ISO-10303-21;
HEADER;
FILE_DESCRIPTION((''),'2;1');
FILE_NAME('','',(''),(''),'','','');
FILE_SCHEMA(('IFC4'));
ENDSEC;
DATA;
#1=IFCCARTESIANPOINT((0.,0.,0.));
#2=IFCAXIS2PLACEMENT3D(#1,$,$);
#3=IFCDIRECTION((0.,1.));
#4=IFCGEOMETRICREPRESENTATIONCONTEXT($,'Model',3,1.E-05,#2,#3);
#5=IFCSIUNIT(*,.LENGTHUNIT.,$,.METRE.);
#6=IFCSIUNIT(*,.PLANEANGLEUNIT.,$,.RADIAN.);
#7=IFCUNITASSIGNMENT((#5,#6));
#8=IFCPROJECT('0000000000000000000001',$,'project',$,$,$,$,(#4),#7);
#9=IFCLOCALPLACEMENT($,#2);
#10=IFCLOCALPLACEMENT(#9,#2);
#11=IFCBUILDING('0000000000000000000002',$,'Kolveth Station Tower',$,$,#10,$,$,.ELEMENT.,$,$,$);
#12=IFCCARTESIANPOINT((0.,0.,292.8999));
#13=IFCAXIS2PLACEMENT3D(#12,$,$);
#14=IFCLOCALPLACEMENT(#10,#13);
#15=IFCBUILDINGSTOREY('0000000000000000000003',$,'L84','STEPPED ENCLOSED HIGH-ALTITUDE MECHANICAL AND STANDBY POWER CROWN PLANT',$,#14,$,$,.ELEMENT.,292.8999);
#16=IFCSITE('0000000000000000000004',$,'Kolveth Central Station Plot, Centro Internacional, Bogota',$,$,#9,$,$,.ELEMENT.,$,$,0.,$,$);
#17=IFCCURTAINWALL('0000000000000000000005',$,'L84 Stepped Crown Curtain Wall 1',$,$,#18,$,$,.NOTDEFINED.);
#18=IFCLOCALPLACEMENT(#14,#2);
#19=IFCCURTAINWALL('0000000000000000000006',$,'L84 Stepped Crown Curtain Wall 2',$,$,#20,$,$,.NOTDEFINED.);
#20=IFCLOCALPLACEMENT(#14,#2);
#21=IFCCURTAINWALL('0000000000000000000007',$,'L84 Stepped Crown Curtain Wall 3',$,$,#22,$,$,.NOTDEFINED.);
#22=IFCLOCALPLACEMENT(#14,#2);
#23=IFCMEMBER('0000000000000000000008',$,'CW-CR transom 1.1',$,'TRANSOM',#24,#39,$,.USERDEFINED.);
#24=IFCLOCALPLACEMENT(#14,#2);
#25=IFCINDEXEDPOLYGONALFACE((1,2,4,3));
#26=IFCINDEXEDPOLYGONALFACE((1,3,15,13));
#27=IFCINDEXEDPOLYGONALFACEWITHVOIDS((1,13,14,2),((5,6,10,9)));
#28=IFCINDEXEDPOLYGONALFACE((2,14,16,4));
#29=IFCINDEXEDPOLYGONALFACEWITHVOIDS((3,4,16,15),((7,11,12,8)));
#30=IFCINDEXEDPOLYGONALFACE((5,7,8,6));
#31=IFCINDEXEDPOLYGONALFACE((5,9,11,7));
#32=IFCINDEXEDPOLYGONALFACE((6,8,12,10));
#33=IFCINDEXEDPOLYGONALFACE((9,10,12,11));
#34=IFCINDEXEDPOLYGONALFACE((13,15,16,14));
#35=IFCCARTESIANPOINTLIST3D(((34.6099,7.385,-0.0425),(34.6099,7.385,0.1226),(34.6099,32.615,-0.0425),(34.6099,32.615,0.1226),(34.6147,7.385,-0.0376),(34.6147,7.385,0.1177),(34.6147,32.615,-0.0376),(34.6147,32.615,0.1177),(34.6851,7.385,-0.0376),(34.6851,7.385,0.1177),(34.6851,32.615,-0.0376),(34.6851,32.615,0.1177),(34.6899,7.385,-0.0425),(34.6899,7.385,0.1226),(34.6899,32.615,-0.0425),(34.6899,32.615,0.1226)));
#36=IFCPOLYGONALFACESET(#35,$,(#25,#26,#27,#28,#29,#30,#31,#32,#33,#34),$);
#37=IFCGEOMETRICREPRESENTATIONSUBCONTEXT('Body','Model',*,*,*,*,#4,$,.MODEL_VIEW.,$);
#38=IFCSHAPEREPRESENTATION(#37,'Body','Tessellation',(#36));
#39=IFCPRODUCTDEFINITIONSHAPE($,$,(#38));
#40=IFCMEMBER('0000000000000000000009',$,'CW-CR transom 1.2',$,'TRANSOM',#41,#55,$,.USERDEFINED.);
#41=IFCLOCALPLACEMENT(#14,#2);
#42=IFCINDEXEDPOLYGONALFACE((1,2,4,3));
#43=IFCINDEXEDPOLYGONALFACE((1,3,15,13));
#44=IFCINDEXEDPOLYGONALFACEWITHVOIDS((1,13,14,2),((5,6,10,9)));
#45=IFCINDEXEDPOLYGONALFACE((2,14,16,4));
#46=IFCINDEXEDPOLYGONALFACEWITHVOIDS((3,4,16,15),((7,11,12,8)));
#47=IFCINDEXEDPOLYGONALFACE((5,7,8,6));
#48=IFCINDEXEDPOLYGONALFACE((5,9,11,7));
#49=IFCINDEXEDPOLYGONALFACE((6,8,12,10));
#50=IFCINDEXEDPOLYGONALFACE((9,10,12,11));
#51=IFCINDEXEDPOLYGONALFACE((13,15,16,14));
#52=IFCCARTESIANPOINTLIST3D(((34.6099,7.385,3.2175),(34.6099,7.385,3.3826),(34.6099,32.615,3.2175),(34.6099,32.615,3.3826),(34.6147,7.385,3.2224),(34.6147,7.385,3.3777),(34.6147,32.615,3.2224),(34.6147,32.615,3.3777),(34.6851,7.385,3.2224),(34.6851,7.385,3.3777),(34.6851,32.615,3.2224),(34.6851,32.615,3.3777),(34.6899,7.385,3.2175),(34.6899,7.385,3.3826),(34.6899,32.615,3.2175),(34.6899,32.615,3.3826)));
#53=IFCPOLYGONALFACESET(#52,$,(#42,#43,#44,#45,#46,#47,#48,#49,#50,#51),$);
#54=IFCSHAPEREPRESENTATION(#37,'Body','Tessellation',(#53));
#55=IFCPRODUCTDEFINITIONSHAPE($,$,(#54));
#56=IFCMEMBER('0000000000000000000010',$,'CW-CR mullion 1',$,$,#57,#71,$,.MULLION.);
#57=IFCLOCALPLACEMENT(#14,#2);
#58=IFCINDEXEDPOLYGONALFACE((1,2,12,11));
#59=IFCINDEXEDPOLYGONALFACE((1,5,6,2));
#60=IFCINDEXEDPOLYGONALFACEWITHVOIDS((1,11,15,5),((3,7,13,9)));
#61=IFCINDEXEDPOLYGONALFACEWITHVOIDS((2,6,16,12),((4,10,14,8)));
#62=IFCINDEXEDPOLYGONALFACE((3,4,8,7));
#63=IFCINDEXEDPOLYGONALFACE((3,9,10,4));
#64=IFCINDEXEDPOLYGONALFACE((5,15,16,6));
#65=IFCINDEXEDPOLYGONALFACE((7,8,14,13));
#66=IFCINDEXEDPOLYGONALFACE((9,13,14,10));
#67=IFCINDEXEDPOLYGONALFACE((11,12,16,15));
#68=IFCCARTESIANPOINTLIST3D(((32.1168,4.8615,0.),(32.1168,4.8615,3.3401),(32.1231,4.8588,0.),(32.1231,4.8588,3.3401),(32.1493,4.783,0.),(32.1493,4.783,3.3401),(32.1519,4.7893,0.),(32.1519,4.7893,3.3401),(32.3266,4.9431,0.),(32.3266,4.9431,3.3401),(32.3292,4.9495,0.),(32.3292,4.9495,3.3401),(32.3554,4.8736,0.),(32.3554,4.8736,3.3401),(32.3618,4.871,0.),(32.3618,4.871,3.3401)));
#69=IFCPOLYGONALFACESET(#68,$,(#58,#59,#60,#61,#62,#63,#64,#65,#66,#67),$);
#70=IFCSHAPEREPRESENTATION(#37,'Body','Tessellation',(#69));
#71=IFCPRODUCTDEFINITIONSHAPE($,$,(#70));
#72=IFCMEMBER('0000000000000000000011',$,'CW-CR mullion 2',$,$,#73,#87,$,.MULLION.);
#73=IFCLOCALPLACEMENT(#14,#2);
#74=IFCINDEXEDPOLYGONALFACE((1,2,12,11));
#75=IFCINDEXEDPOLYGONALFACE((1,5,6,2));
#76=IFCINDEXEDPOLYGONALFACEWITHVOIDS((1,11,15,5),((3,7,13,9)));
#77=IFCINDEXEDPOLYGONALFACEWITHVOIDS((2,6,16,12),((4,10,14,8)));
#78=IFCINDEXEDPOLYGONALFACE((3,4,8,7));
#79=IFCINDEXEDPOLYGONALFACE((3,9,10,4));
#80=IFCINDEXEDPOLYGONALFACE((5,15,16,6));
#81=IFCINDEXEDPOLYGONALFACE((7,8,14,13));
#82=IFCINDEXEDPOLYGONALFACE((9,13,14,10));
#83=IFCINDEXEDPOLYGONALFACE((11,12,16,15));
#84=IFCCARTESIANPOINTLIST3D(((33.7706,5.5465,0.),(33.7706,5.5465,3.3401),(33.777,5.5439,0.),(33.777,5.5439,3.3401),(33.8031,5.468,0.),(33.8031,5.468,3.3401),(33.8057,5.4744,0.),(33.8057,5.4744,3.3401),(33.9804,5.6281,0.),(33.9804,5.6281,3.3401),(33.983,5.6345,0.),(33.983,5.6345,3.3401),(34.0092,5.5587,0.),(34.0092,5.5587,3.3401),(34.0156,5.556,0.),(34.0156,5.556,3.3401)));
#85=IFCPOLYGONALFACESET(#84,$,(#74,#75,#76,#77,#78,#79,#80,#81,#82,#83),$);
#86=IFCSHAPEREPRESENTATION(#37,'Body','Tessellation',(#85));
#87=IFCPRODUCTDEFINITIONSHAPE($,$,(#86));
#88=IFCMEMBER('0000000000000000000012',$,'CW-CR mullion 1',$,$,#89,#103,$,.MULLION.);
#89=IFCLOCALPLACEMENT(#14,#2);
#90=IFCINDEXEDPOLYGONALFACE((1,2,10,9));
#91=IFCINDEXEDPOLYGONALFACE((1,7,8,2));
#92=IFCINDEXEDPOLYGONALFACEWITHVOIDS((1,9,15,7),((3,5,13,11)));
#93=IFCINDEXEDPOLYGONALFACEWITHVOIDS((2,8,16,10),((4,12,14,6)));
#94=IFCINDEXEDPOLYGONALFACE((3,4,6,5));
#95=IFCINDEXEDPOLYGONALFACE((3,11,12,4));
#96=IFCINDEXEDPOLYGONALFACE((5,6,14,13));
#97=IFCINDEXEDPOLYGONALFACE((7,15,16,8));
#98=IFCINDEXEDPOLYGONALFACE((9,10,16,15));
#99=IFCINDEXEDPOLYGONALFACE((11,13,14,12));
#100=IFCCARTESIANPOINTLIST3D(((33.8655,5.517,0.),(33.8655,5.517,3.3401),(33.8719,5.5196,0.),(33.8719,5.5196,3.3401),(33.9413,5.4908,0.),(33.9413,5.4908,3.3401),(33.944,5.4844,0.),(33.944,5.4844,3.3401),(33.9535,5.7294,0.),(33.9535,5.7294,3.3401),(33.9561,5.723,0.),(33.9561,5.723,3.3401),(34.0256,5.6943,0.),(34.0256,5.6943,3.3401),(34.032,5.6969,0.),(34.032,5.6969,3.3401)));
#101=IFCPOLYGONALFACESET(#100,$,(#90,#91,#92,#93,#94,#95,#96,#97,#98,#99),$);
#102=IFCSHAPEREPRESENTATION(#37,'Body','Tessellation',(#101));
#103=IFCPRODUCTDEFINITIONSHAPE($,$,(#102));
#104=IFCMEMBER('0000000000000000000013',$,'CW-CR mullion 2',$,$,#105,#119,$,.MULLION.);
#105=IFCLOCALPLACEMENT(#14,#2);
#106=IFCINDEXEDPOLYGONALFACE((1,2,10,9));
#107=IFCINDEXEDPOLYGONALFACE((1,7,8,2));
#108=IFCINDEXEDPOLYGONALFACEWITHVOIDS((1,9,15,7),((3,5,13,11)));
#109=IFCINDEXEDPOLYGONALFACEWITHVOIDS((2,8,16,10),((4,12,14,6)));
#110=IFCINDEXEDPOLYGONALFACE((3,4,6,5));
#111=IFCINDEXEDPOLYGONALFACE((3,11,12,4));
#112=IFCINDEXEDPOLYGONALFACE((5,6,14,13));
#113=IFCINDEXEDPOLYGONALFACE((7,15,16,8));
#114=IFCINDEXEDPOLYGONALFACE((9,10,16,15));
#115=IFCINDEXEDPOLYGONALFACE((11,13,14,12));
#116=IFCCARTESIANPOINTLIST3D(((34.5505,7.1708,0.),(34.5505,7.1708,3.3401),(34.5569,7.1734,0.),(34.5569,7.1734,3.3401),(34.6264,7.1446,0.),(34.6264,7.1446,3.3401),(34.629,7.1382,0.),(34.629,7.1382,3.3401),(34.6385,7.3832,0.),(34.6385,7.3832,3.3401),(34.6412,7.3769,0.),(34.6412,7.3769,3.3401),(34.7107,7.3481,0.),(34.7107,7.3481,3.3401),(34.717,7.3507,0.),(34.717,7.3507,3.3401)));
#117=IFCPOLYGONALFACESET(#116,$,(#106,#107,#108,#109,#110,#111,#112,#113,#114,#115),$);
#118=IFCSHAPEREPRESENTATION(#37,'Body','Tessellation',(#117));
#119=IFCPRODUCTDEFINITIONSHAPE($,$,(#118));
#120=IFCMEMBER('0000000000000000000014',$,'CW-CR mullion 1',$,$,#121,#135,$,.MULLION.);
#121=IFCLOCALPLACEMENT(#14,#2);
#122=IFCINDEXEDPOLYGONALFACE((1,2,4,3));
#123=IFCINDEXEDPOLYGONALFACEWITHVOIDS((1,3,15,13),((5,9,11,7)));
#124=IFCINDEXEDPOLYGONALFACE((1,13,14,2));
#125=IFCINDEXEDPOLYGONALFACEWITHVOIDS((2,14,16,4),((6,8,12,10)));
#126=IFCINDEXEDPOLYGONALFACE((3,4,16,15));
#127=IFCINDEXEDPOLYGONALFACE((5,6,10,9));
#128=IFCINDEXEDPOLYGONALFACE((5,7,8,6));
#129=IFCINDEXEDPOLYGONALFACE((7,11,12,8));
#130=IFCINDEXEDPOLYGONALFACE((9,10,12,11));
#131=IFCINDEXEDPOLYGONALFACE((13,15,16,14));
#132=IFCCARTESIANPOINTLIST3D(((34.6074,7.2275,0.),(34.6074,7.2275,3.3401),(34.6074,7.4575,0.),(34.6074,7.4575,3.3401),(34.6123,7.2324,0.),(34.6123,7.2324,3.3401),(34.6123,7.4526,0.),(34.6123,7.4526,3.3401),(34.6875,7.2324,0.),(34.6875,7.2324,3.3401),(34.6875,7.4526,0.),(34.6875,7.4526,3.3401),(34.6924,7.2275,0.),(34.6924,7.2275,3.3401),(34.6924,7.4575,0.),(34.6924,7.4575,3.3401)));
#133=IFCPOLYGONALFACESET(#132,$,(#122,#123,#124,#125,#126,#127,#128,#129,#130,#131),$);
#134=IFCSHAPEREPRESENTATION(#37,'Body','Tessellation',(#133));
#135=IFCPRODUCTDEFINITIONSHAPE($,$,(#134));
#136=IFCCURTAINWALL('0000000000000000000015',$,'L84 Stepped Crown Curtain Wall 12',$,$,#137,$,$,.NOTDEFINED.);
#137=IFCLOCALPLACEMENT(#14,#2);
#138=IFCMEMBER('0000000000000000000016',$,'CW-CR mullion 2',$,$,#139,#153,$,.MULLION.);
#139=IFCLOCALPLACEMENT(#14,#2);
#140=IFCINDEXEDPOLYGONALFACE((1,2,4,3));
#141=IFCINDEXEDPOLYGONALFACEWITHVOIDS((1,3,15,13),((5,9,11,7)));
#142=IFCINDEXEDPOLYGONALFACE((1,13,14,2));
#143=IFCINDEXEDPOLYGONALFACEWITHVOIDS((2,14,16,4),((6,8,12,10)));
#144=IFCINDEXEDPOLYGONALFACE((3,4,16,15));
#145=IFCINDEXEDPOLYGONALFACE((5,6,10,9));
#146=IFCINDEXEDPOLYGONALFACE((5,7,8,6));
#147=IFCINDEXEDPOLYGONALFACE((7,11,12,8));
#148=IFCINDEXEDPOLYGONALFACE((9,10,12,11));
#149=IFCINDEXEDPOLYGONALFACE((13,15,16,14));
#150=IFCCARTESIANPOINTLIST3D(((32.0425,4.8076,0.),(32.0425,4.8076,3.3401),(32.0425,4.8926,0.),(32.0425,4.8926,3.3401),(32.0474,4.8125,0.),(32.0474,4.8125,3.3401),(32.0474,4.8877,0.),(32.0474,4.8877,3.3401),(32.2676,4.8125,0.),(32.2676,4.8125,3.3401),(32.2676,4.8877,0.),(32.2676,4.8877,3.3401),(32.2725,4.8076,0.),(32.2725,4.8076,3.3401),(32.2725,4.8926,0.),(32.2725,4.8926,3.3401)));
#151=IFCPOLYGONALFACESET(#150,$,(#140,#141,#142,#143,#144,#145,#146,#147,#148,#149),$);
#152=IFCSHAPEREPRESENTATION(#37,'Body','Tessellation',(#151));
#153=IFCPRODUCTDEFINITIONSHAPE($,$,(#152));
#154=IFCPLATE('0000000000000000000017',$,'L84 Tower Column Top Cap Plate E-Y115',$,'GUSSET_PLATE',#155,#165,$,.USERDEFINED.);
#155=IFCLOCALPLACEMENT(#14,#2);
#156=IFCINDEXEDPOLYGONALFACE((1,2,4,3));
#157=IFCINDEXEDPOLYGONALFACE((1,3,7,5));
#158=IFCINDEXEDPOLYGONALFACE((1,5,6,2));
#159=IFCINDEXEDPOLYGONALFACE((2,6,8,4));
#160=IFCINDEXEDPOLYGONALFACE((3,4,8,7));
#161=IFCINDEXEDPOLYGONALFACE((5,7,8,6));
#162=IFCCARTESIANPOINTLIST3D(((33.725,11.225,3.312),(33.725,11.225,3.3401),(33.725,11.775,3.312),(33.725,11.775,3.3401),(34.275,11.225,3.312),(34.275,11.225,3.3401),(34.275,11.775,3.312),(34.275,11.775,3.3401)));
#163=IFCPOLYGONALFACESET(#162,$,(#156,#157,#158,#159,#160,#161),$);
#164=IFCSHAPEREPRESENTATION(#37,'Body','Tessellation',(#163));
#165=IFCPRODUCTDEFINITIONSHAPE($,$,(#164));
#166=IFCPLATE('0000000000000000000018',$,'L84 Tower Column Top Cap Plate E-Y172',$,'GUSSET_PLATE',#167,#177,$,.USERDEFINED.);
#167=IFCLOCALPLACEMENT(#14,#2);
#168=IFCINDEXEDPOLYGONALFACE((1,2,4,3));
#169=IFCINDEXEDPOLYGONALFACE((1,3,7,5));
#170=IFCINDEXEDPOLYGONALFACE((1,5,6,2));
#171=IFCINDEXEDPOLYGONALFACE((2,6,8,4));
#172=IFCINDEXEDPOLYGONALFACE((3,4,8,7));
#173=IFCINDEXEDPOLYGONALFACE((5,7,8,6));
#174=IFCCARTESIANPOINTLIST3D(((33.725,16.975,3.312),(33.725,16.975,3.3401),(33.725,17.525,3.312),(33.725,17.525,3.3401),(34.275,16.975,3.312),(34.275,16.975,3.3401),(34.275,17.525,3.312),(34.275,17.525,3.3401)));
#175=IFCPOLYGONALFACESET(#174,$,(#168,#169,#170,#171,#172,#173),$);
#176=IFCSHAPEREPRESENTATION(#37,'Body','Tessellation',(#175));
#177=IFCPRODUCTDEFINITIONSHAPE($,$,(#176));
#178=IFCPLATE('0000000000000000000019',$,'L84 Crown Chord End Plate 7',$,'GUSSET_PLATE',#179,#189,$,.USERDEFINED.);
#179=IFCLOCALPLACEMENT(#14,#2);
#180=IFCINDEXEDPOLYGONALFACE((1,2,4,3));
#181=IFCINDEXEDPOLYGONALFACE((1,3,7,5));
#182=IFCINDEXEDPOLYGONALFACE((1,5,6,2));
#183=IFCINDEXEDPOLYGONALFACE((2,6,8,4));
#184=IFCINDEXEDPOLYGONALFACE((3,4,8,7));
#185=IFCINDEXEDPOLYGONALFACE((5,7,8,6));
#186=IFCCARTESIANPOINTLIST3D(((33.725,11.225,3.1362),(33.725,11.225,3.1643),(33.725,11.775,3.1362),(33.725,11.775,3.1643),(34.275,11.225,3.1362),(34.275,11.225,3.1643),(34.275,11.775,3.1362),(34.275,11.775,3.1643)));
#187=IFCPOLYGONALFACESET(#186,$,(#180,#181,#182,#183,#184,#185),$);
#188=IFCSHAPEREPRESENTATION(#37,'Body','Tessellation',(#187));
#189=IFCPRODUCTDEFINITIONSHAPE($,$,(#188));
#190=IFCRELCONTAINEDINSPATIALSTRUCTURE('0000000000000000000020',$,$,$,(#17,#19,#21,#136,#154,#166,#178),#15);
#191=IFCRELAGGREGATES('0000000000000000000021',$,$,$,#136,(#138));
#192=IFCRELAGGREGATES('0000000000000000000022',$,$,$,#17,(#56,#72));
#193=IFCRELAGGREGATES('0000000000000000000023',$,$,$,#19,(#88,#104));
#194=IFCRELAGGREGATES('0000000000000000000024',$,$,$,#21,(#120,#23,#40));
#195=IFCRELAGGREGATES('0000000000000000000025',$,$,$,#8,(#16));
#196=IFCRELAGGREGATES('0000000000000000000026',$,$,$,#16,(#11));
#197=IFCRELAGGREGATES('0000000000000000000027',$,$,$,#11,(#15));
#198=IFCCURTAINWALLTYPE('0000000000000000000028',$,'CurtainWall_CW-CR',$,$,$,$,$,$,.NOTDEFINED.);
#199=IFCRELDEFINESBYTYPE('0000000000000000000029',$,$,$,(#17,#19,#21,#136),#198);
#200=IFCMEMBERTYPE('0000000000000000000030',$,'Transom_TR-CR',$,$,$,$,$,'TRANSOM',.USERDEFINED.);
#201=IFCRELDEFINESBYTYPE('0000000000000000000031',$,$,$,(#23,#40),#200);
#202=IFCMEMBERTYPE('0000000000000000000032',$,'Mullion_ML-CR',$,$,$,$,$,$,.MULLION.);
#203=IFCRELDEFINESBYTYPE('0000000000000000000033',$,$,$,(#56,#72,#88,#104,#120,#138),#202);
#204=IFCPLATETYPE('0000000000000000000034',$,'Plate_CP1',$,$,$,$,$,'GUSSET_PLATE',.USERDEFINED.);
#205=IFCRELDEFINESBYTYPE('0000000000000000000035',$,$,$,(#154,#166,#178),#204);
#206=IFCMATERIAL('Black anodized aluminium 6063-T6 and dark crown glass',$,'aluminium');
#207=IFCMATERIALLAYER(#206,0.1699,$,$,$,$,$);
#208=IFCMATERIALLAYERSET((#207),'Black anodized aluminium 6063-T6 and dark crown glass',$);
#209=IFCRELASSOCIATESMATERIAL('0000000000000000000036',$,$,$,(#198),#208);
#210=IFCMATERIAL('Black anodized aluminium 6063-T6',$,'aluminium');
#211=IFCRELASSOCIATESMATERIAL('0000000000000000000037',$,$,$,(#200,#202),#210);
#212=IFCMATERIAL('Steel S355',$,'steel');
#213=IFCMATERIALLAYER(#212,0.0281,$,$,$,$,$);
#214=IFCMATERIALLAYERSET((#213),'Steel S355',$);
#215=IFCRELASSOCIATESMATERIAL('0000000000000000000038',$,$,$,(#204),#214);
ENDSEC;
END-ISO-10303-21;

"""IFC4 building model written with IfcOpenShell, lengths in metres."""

from ifc_helpers import new_model, si_unit, direction, frame, origin, origin_2d, place, context, subcontext, project, spatial, rectangle, hollow_rectangle, extrude, source, transform, mapped, material, layer, layer_set, material_profile, profile_set, type_object, element, aggregate, save


model = new_model("IFC4")

# Units and contexts
model_context = context("Model", 3, precision=1e-05, world=origin(), true_north=direction((0.0, 1.0)))
body_context = subcontext(model_context, "Body", "Model", "MODEL_VIEW")
ifc_project = project(units=[si_unit("LENGTHUNIT", "METRE"), si_unit("PLANEANGLEUNIT", "RADIAN")], contexts=[model_context])

# Site, building, storey
site_placement = place(None, origin())
site = spatial("IfcSite", under=ifc_project, at=site_placement, Name="Kolveth Central Station Plot, Centro Internacional, Bogota", CompositionType="ELEMENT", RefElevation=0.0)
building_placement = place(site_placement, origin())
building = spatial("IfcBuilding", under=site, at=building_placement, Name="Kolveth Station Tower", CompositionType="ELEMENT")
storey_placement = place(building_placement, frame((0.0, 0.0, 292.8999)))
storey = spatial("IfcBuildingStorey", under=building, at=storey_placement, Name="L84", Description="STEPPED ENCLOSED HIGH-ALTITUDE MECHANICAL AND STANDBY POWER CROWN PLANT", CompositionType="ELEMENT", Elevation=292.8999)

# Shared definitions
ifc_material_1 = material(Name="Steel S355", Category="steel")

# Curtain walls, members
ifc_material_2 = material(Name="Black anodized aluminium 6063-T6 and dark crown glass", Category="aluminium")
ifc_layer_1 = layer(ifc_material_2, 0.1699)
ifc_layer_set_1 = layer_set([ifc_layer_1], Name="Black anodized aluminium 6063-T6 and dark crown glass")
curtain_wall_type = type_object("IfcCurtainWallType", Name="CurtainWall_CW-CR", PredefinedType="NOTDEFINED", material=ifc_layer_set_1)
curtain_wall_1_placement = place(storey_placement, origin())
curtain_wall_1 = element("IfcCurtainWall", 1, at=curtain_wall_1_placement, inside=storey, type_object=curtain_wall_type, Name="L84 Stepped Crown Curtain Wall 1", PredefinedType="NOTDEFINED")
ifc_material_3 = material(Name="Black anodized aluminium 6063-T6", Category="aluminium")
ifc_material_profile_1 = material_profile(ifc_material_3, hollow_rectangle(XDim=0.0801, YDim=0.165, WallThickness=0.0049, at=origin_2d()), Name="ALU-80x165x5")
ifc_profile_set_1 = profile_set([ifc_material_profile_1], Name="Black anodized aluminium 6063-T6")
member_type_1 = type_object("IfcMemberType", Name="Transom_TR-CR", ElementType="TRANSOM", PredefinedType="USERDEFINED", material=ifc_profile_set_1)
curtain_wall_2_placement = place(storey_placement, origin())
curtain_wall_2 = element("IfcCurtainWall", 2, at=curtain_wall_2_placement, inside=storey, type_object=curtain_wall_type, Name="L84 Stepped Crown Curtain Wall 2", PredefinedType="NOTDEFINED")
curtain_wall_3_placement = place(storey_placement, origin())
curtain_wall_3 = element("IfcCurtainWall", 3, at=curtain_wall_3_placement, inside=storey, type_object=curtain_wall_type, Name="L84 Stepped Crown Curtain Wall 3", PredefinedType="NOTDEFINED")
shared_shape_1 = source(origin(), body_context, "Body", "SweptSolid", [
    extrude(hollow_rectangle(XDim=0.0801, YDim=0.165, WallThickness=0.0049, at=origin_2d()), origin(), (0.0, 0.0, 1.0), 25.23),
])
member_1_placement = place(storey_placement, frame((34.6499, 7.385, 0.04), z_axis=(0.0, 1.0, 0.0), x_axis=(-1.0, 0.0, 0.0)))
member_1 = element("IfcMember", 4, at=member_1_placement, type_object=member_type_1, Name="CW-CR transom 1.1", ObjectType="TRANSOM", PredefinedType="USERDEFINED", context=body_context, shape_type="MappedRepresentation", body=[
    mapped(shared_shape_1, transform((0.0, 0.0, 0.0), x_axis=(1.0, 0.0, 0.0), y_axis=(0.0, 1.0, 0.0), z_axis=(0.0, 0.0, 1.0), scale=1.0)),
])
member_2_placement = place(storey_placement, frame((34.6499, 7.385, 3.3), z_axis=(0.0, 1.0, 0.0), x_axis=(-1.0, 0.0, 0.0)))
member_2 = element("IfcMember", 5, at=member_2_placement, type_object=member_type_1, Name="CW-CR transom 1.2", ObjectType="TRANSOM", PredefinedType="USERDEFINED", context=body_context, shape_type="MappedRepresentation", body=[
    mapped(shared_shape_1, transform((0.0, 0.0, 0.0), x_axis=(1.0, 0.0, 0.0), y_axis=(0.0, 1.0, 0.0), z_axis=(0.0, 0.0, 1.0), scale=1.0)),
])

# Members
ifc_material_profile_2 = material_profile(ifc_material_3, hollow_rectangle(XDim=0.085, YDim=0.23, WallThickness=0.0049, at=origin_2d()), Name="ALU-85x230x5")
ifc_profile_set_2 = profile_set([ifc_material_profile_2], Name="Black anodized aluminium 6063-T6")
member_type_2 = type_object("IfcMemberType", Name="Mullion_ML-CR", PredefinedType="MULLION", material=ifc_profile_set_2)
shared_shape_2 = source(origin(), body_context, "Body", "SweptSolid", [
    extrude(hollow_rectangle(XDim=0.085, YDim=0.23, WallThickness=0.0049, at=origin_2d()), origin(), (0.0, 0.0, 1.0), 3.3401),
])
member_3_placement = place(storey_placement, frame((32.2393, 4.8662, 0.0), z_axis=(0.0, 0.0, 1.0), x_axis=(-0.382691, 0.923876, 0.0)))
member_3 = element("IfcMember", 6, at=member_3_placement, type_object=member_type_2, Name="CW-CR mullion 1", PredefinedType="MULLION", context=body_context, shape_type="MappedRepresentation", body=[
    mapped(shared_shape_2, transform((0.0, 0.0, 0.0), x_axis=(1.0, 0.0, 0.0), y_axis=(0.0, 1.0, 0.0), z_axis=(0.0, 0.0, 1.0), scale=1.0)),
])
member_4_placement = place(storey_placement, frame((33.8931, 5.5513, 0.0), z_axis=(0.0, 0.0, 1.0), x_axis=(-0.382691, 0.923876, 0.0)))
member_4 = element("IfcMember", 7, at=member_4_placement, type_object=member_type_2, Name="CW-CR mullion 2", PredefinedType="MULLION", context=body_context, shape_type="MappedRepresentation", body=[
    mapped(shared_shape_2, transform((0.0, 0.0, 0.0), x_axis=(1.0, 0.0, 0.0), y_axis=(0.0, 1.0, 0.0), z_axis=(0.0, 0.0, 1.0), scale=1.0)),
])
member_5_placement = place(storey_placement, frame((33.9487, 5.6069, 0.0), z_axis=(0.0, 0.0, 1.0), x_axis=(-0.923876, 0.382691, 0.0)))
member_5 = element("IfcMember", 8, at=member_5_placement, type_object=member_type_2, Name="CW-CR mullion 1", PredefinedType="MULLION", context=body_context, shape_type="MappedRepresentation", body=[
    mapped(shared_shape_2, transform((0.0, 0.0, 0.0), x_axis=(1.0, 0.0, 0.0), y_axis=(0.0, 1.0, 0.0), z_axis=(0.0, 0.0, 1.0), scale=1.0)),
])
member_6_placement = place(storey_placement, frame((34.6338, 7.2607, 0.0), z_axis=(0.0, 0.0, 1.0), x_axis=(-0.923876, 0.382691, 0.0)))
member_6 = element("IfcMember", 9, at=member_6_placement, type_object=member_type_2, Name="CW-CR mullion 2", PredefinedType="MULLION", context=body_context, shape_type="MappedRepresentation", body=[
    mapped(shared_shape_2, transform((0.0, 0.0, 0.0), x_axis=(1.0, 0.0, 0.0), y_axis=(0.0, 1.0, 0.0), z_axis=(0.0, 0.0, 1.0), scale=1.0)),
])
member_7_placement = place(storey_placement, frame((34.6499, 7.3425, 0.0), z_axis=(0.0, 0.0, 1.0), x_axis=(-1.0, 0.0, 0.0)))
member_7 = element("IfcMember", 10, at=member_7_placement, type_object=member_type_2, Name="CW-CR mullion 1", PredefinedType="MULLION", context=body_context, shape_type="MappedRepresentation", body=[
    mapped(shared_shape_2, transform((0.0, 0.0, 0.0), x_axis=(1.0, 0.0, 0.0), y_axis=(0.0, 1.0, 0.0), z_axis=(0.0, 0.0, 1.0), scale=1.0)),
])

# Curtain wall, member
curtain_wall_4_placement = place(storey_placement, origin())
curtain_wall_4 = element("IfcCurtainWall", 11, at=curtain_wall_4_placement, inside=storey, type_object=curtain_wall_type, Name="L84 Stepped Crown Curtain Wall 12", PredefinedType="NOTDEFINED")
member_8_placement = place(storey_placement, frame((32.1575, 4.8501, 0.0), z_axis=(0.0, 0.0, 1.0), x_axis=(0.0, 1.0, 0.0)))
member_8 = element("IfcMember", 12, at=member_8_placement, type_object=member_type_2, Name="CW-CR mullion 2", PredefinedType="MULLION", context=body_context, shape_type="MappedRepresentation", body=[
    mapped(shared_shape_2, transform((0.0, 0.0, 0.0), x_axis=(1.0, 0.0, 0.0), y_axis=(0.0, 1.0, 0.0), z_axis=(0.0, 0.0, 1.0), scale=1.0)),
])
aggregate(curtain_wall_4, [member_8])

# Plates
ifc_layer_2 = layer(ifc_material_1, 0.0281)
ifc_layer_set_2 = layer_set([ifc_layer_2], Name="Steel S355")
plate_type_1 = type_object("IfcPlateType", Name="Plate_CP1", ElementType="GUSSET_PLATE", PredefinedType="USERDEFINED", material=ifc_layer_set_2)
shared_shape_3 = source(origin(), body_context, "Body", "SweptSolid", [
    extrude(rectangle(XDim=0.55, YDim=0.55, at=origin_2d()), origin(), (0.0, 0.0, 1.0), 0.0281),
])
for number, where, z_axis, x_axis, name in (
    (13, (34.0, 11.5, 3.312), (0.0, 0.0, 1.0), (1.0, 0.0, 0.0), "L84 Tower Column Top Cap Plate E-Y115"),
    (14, (34.0, 17.25, 3.312), (0.0, 0.0, 1.0), (1.0, 0.0, 0.0), "L84 Tower Column Top Cap Plate E-Y172"),
    (15, (34.0, 11.5, 3.1362), (0.0, 0.0, 1.0), (1.0, 0.0, 0.0), "L84 Crown Chord End Plate 7"),
):
    element("IfcPlate", number, at=place(storey_placement, frame(where, z_axis=z_axis, x_axis=x_axis)), inside=storey, type_object=plate_type_1, Name=name, ObjectType="GUSSET_PLATE", PredefinedType="USERDEFINED", context=body_context, shape_type="MappedRepresentation", body=[
        mapped(shared_shape_3, transform((0.0, 0.0, 0.0), x_axis=(1.0, 0.0, 0.0), y_axis=(0.0, 1.0, 0.0), z_axis=(0.0, 0.0, 1.0), scale=1.0)),
    ])

aggregate(curtain_wall_1, [member_3, member_4])
aggregate(curtain_wall_2, [member_5, member_6])
aggregate(curtain_wall_3, [member_7, member_1, member_2])

save(model, "model.ifc")
